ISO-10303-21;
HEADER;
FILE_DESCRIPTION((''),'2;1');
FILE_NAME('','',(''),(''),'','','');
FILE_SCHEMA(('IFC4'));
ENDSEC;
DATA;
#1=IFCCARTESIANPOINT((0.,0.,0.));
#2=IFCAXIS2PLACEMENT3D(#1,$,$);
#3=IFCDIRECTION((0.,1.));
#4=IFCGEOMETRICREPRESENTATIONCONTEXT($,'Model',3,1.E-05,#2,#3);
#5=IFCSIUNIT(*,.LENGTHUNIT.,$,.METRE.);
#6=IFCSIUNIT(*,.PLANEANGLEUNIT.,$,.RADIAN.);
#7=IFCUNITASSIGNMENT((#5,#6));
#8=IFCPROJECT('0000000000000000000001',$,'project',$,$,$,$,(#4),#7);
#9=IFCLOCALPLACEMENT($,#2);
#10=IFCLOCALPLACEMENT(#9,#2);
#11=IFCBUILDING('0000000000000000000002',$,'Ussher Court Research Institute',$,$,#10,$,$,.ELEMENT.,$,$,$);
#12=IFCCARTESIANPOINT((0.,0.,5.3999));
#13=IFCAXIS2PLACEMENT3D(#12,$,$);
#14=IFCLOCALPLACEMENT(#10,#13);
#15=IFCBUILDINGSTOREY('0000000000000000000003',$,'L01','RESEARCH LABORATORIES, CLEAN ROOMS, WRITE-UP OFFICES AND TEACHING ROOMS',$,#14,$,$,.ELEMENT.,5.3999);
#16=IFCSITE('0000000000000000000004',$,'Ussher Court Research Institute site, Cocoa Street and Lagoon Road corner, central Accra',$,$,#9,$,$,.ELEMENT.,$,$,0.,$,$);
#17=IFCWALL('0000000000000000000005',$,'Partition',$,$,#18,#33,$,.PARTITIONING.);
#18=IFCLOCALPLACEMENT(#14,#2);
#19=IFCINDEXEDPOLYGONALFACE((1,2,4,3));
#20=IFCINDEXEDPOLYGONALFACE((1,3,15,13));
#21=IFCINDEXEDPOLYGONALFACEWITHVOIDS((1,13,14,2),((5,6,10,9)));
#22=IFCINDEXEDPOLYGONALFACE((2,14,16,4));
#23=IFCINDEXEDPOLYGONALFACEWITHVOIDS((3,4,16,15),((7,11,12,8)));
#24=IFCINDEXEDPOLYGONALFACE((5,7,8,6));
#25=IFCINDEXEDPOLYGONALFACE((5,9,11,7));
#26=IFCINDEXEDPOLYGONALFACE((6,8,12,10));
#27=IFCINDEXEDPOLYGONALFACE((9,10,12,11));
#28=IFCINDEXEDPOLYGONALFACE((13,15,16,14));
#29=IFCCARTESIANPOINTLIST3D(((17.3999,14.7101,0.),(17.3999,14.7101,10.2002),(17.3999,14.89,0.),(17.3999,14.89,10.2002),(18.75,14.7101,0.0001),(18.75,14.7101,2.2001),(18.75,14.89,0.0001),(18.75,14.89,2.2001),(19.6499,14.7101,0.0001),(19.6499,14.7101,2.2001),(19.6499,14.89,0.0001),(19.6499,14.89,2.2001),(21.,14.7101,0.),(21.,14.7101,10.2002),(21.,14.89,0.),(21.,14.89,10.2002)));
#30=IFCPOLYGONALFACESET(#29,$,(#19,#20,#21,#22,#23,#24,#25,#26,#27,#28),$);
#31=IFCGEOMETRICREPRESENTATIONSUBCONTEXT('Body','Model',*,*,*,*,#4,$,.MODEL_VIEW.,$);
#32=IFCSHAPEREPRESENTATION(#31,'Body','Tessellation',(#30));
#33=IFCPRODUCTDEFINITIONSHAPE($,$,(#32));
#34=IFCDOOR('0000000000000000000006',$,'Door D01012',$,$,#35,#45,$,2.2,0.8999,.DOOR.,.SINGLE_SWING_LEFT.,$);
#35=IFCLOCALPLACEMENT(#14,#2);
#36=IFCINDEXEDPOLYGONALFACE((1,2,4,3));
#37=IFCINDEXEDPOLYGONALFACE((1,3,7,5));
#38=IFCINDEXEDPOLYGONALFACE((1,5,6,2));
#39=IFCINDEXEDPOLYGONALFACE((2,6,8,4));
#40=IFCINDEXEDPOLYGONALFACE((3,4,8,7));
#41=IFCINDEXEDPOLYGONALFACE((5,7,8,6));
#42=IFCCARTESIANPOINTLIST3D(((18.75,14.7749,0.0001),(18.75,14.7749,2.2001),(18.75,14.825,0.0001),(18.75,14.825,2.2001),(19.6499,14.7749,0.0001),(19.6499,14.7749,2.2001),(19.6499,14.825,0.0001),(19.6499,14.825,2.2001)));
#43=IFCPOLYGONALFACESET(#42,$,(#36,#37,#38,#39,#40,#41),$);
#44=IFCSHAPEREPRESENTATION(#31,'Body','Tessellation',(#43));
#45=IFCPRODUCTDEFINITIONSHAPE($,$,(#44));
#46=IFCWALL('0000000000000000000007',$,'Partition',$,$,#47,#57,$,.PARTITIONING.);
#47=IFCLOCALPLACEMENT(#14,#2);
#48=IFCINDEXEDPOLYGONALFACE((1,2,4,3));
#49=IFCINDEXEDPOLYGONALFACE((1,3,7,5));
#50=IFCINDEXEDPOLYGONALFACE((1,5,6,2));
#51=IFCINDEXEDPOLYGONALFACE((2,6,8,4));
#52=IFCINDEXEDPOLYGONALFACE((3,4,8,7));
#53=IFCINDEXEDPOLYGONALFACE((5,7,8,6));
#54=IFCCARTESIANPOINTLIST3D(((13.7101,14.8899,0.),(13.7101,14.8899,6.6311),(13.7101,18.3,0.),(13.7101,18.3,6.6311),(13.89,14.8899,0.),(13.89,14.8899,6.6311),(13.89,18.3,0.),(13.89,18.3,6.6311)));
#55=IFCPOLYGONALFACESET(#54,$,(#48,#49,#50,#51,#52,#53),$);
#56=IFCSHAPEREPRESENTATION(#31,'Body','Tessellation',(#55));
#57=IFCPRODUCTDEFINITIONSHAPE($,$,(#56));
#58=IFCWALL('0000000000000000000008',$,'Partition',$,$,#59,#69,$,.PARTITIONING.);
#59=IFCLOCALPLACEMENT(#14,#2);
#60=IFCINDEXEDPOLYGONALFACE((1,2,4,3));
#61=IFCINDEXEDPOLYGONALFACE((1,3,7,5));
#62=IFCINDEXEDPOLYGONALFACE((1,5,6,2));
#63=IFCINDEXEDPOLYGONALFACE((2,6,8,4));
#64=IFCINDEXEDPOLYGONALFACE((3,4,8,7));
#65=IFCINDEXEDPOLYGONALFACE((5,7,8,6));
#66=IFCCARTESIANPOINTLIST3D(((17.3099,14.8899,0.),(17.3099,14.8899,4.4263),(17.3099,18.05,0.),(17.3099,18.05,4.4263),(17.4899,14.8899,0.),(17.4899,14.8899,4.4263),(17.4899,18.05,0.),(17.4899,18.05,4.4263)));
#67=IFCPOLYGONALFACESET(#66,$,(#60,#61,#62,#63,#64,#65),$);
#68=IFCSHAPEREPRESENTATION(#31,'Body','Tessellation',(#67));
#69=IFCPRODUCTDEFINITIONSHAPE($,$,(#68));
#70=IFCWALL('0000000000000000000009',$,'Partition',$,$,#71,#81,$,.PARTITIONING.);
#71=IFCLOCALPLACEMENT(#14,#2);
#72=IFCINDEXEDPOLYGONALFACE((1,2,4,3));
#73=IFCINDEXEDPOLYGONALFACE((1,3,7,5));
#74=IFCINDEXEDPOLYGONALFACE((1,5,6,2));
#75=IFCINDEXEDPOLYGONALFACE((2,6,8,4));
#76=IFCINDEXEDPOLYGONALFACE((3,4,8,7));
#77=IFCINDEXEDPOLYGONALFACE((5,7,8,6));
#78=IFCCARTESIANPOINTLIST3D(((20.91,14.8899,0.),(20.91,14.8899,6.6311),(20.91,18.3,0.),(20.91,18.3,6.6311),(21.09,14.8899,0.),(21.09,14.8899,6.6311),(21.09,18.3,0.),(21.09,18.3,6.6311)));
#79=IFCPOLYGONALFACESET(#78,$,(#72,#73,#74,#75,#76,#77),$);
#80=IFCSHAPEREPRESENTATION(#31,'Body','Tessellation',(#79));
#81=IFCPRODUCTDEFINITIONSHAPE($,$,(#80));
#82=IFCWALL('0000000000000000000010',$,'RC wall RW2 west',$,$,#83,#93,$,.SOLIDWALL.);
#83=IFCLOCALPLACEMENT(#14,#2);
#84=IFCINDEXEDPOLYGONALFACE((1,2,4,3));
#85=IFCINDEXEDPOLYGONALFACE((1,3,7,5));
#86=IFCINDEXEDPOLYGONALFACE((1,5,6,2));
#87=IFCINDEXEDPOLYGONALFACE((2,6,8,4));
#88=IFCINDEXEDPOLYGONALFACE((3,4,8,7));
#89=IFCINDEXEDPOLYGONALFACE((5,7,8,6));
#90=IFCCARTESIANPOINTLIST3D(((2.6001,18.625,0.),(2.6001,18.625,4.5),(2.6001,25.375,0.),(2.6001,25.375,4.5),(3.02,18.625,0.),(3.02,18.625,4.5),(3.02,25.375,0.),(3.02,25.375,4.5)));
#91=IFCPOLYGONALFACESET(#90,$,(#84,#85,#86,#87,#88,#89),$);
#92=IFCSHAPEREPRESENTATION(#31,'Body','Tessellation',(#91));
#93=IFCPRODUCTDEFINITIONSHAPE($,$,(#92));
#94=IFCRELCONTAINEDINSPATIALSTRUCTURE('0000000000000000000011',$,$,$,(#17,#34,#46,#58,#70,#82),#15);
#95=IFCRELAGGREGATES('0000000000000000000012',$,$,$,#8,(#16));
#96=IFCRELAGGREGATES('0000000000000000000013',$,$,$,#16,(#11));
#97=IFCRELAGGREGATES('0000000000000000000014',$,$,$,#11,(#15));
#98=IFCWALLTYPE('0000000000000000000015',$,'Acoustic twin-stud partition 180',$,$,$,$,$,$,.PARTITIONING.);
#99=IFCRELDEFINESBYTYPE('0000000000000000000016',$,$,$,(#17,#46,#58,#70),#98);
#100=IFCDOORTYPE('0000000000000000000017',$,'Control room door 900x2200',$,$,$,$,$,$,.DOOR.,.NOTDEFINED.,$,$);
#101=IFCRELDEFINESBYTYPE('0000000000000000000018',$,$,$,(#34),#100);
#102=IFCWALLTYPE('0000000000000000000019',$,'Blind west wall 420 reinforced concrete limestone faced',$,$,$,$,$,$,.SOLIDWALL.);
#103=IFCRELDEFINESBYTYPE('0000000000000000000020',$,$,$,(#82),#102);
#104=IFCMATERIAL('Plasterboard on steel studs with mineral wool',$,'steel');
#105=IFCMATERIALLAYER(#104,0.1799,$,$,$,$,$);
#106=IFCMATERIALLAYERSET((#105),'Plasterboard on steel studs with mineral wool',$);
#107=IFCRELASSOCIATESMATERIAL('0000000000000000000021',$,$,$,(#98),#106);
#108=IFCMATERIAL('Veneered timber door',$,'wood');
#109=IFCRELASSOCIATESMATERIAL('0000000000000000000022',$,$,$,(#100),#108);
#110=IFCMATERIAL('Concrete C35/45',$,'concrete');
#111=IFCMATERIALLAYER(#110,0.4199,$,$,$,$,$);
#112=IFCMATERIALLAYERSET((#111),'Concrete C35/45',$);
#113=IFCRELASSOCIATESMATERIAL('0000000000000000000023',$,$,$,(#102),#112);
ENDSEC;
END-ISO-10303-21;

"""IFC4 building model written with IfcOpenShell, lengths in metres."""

from ifc_helpers import new_model, si_unit, direction, frame, frame_2d, origin, place, context, subcontext, project, spatial, rectangle, extrude, material, layer, layer_set, type_object, element, fill, save


model = new_model("IFC4")

# Units and contexts
model_context = context("Model", 3, precision=1e-05, world=origin(), true_north=direction((0.0, 1.0)))
body_context = subcontext(model_context, "Body", "Model", "MODEL_VIEW")
ifc_project = project(units=[si_unit("LENGTHUNIT", "METRE"), si_unit("PLANEANGLEUNIT", "RADIAN")], contexts=[model_context])

# Site, building, storey
site_placement = place(None, origin())
site = spatial("IfcSite", under=ifc_project, at=site_placement, Name="Ussher Court Research Institute site, Cocoa Street and Lagoon Road corner, central Accra", CompositionType="ELEMENT", RefElevation=0.0)
building_placement = place(site_placement, origin())
building = spatial("IfcBuilding", under=site, at=building_placement, Name="Ussher Court Research Institute", CompositionType="ELEMENT")
storey_placement = place(building_placement, frame((0.0, 0.0, 5.3999)))
storey = spatial("IfcBuildingStorey", under=building, at=storey_placement, Name="L01", Description="RESEARCH LABORATORIES, CLEAN ROOMS, WRITE-UP OFFICES AND TEACHING ROOMS", CompositionType="ELEMENT", Elevation=5.3999)

# Wall, opening, door
ifc_material_1 = material(Name="Plasterboard on steel studs with mineral wool", Category="steel")
ifc_layer_1 = layer(ifc_material_1, 0.1799)
ifc_layer_set_1 = layer_set([ifc_layer_1], Name="Plasterboard on steel studs with mineral wool")
wall_type_1 = type_object("IfcWallType", Name="Acoustic twin-stud partition 180", PredefinedType="PARTITIONING", material=ifc_layer_set_1)
wall_1_placement = place(storey_placement, frame((17.3999, 14.8, 0.0), z_axis=(0.0, 0.0, 1.0), x_axis=(1.0, 0.0, 0.0)))
wall_1 = element("IfcWall", 1, at=wall_1_placement, inside=storey, type_object=wall_type_1, Name="Partition", PredefinedType="PARTITIONING", context=body_context, shape_type="SweptSolid", body=[
    extrude(rectangle(XDim=3.6001, YDim=0.1799, at=frame_2d((1.8, 0.0))), origin(), (0.0, 0.0, 1.0), 10.2002),
])
opening_placement = place(wall_1_placement, frame((1.3501, 0.0, 0.0)))
opening = element("IfcOpeningElement", 2, at=opening_placement, cuts=wall_1, PredefinedType="OPENING", context=body_context, shape_type="SweptSolid", body=[
    extrude(rectangle(XDim=0.8999, YDim=2.2, at=frame_2d((0.45, 1.1001))), frame((0.0, 0.1001, 0.0), z_axis=(0.0, -1.0, 0.0), x_axis=(1.0, 0.0, 0.0)), (0.0, 0.0, 1.0), 0.2),
])
ifc_material_2 = material(Name="Veneered timber door", Category="wood")
door_type = type_object("IfcDoorType", Name="Control room door 900x2200", OperationType="NOTDEFINED", PredefinedType="DOOR", material=ifc_material_2)
door_placement = place(opening_placement, origin())
door = element("IfcDoor", 3, at=door_placement, inside=storey, type_object=door_type, Name="Door D01012", OperationType="SINGLE_SWING_LEFT", OverallHeight=2.2, OverallWidth=0.8999, PredefinedType="DOOR", context=body_context, shape_type="SweptSolid", body=[
    extrude(rectangle(XDim=0.8999, YDim=2.2, at=frame_2d((0.45, 1.1001))), frame((0.0, 0.0249, 0.0), z_axis=(0.0, -1.0, 0.0), x_axis=(1.0, 0.0, 0.0)), (0.0, 0.0, 1.0), 0.05),
])
fill(opening, door)

# Walls
wall_2_placement = place(storey_placement, frame((13.8, 14.8899, 0.0), z_axis=(0.0, 0.0, 1.0), x_axis=(0.0, 1.0, 0.0)))
element("IfcWall", 4, at=wall_2_placement, inside=storey, type_object=wall_type_1, Name="Partition", PredefinedType="PARTITIONING", context=body_context, shape_type="SweptSolid", body=[
    extrude(rectangle(XDim=3.4102, YDim=0.1799, at=frame_2d((1.7051, 0.0))), origin(), (0.0, 0.0, 1.0), 6.6311),
])
wall_3_placement = place(storey_placement, frame((17.3999, 14.8899, 0.0), z_axis=(0.0, 0.0, 1.0), x_axis=(0.0, 1.0, 0.0)))
element("IfcWall", 5, at=wall_3_placement, inside=storey, type_object=wall_type_1, Name="Partition", PredefinedType="PARTITIONING", context=body_context, shape_type="SweptSolid", body=[
    extrude(rectangle(XDim=3.1602, YDim=0.1799, at=frame_2d((1.5801, 0.0))), origin(), (0.0, 0.0, 1.0), 4.4263),
])
wall_4_placement = place(storey_placement, frame((21.0, 14.8899, 0.0), z_axis=(0.0, 0.0, 1.0), x_axis=(0.0, 1.0, 0.0)))
element("IfcWall", 6, at=wall_4_placement, inside=storey, type_object=wall_type_1, Name="Partition", PredefinedType="PARTITIONING", context=body_context, shape_type="SweptSolid", body=[
    extrude(rectangle(XDim=3.4102, YDim=0.1799, at=frame_2d((1.7051, 0.0))), origin(), (0.0, 0.0, 1.0), 6.6311),
])
ifc_material_3 = material(Name="Concrete C35/45", Category="concrete")
ifc_layer_2 = layer(ifc_material_3, 0.4199)
ifc_layer_set_2 = layer_set([ifc_layer_2], Name="Concrete C35/45")
wall_type_2 = type_object("IfcWallType", Name="Blind west wall 420 reinforced concrete limestone faced", PredefinedType="SOLIDWALL", material=ifc_layer_set_2)
wall_5_placement = place(storey_placement, frame((2.8101, 18.625, 0.0), z_axis=(0.0, 0.0, 1.0), x_axis=(0.0, 1.0, 0.0)))
element("IfcWall", 7, at=wall_5_placement, inside=storey, type_object=wall_type_2, Name="RC wall RW2 west", PredefinedType="SOLIDWALL", context=body_context, shape_type="SweptSolid", body=[
    extrude(rectangle(XDim=6.75, YDim=0.4199, at=frame_2d((3.375, 0.0))), origin(), (0.0, 0.0, 1.0), 4.5),
])

save(model, "model.ifc")
